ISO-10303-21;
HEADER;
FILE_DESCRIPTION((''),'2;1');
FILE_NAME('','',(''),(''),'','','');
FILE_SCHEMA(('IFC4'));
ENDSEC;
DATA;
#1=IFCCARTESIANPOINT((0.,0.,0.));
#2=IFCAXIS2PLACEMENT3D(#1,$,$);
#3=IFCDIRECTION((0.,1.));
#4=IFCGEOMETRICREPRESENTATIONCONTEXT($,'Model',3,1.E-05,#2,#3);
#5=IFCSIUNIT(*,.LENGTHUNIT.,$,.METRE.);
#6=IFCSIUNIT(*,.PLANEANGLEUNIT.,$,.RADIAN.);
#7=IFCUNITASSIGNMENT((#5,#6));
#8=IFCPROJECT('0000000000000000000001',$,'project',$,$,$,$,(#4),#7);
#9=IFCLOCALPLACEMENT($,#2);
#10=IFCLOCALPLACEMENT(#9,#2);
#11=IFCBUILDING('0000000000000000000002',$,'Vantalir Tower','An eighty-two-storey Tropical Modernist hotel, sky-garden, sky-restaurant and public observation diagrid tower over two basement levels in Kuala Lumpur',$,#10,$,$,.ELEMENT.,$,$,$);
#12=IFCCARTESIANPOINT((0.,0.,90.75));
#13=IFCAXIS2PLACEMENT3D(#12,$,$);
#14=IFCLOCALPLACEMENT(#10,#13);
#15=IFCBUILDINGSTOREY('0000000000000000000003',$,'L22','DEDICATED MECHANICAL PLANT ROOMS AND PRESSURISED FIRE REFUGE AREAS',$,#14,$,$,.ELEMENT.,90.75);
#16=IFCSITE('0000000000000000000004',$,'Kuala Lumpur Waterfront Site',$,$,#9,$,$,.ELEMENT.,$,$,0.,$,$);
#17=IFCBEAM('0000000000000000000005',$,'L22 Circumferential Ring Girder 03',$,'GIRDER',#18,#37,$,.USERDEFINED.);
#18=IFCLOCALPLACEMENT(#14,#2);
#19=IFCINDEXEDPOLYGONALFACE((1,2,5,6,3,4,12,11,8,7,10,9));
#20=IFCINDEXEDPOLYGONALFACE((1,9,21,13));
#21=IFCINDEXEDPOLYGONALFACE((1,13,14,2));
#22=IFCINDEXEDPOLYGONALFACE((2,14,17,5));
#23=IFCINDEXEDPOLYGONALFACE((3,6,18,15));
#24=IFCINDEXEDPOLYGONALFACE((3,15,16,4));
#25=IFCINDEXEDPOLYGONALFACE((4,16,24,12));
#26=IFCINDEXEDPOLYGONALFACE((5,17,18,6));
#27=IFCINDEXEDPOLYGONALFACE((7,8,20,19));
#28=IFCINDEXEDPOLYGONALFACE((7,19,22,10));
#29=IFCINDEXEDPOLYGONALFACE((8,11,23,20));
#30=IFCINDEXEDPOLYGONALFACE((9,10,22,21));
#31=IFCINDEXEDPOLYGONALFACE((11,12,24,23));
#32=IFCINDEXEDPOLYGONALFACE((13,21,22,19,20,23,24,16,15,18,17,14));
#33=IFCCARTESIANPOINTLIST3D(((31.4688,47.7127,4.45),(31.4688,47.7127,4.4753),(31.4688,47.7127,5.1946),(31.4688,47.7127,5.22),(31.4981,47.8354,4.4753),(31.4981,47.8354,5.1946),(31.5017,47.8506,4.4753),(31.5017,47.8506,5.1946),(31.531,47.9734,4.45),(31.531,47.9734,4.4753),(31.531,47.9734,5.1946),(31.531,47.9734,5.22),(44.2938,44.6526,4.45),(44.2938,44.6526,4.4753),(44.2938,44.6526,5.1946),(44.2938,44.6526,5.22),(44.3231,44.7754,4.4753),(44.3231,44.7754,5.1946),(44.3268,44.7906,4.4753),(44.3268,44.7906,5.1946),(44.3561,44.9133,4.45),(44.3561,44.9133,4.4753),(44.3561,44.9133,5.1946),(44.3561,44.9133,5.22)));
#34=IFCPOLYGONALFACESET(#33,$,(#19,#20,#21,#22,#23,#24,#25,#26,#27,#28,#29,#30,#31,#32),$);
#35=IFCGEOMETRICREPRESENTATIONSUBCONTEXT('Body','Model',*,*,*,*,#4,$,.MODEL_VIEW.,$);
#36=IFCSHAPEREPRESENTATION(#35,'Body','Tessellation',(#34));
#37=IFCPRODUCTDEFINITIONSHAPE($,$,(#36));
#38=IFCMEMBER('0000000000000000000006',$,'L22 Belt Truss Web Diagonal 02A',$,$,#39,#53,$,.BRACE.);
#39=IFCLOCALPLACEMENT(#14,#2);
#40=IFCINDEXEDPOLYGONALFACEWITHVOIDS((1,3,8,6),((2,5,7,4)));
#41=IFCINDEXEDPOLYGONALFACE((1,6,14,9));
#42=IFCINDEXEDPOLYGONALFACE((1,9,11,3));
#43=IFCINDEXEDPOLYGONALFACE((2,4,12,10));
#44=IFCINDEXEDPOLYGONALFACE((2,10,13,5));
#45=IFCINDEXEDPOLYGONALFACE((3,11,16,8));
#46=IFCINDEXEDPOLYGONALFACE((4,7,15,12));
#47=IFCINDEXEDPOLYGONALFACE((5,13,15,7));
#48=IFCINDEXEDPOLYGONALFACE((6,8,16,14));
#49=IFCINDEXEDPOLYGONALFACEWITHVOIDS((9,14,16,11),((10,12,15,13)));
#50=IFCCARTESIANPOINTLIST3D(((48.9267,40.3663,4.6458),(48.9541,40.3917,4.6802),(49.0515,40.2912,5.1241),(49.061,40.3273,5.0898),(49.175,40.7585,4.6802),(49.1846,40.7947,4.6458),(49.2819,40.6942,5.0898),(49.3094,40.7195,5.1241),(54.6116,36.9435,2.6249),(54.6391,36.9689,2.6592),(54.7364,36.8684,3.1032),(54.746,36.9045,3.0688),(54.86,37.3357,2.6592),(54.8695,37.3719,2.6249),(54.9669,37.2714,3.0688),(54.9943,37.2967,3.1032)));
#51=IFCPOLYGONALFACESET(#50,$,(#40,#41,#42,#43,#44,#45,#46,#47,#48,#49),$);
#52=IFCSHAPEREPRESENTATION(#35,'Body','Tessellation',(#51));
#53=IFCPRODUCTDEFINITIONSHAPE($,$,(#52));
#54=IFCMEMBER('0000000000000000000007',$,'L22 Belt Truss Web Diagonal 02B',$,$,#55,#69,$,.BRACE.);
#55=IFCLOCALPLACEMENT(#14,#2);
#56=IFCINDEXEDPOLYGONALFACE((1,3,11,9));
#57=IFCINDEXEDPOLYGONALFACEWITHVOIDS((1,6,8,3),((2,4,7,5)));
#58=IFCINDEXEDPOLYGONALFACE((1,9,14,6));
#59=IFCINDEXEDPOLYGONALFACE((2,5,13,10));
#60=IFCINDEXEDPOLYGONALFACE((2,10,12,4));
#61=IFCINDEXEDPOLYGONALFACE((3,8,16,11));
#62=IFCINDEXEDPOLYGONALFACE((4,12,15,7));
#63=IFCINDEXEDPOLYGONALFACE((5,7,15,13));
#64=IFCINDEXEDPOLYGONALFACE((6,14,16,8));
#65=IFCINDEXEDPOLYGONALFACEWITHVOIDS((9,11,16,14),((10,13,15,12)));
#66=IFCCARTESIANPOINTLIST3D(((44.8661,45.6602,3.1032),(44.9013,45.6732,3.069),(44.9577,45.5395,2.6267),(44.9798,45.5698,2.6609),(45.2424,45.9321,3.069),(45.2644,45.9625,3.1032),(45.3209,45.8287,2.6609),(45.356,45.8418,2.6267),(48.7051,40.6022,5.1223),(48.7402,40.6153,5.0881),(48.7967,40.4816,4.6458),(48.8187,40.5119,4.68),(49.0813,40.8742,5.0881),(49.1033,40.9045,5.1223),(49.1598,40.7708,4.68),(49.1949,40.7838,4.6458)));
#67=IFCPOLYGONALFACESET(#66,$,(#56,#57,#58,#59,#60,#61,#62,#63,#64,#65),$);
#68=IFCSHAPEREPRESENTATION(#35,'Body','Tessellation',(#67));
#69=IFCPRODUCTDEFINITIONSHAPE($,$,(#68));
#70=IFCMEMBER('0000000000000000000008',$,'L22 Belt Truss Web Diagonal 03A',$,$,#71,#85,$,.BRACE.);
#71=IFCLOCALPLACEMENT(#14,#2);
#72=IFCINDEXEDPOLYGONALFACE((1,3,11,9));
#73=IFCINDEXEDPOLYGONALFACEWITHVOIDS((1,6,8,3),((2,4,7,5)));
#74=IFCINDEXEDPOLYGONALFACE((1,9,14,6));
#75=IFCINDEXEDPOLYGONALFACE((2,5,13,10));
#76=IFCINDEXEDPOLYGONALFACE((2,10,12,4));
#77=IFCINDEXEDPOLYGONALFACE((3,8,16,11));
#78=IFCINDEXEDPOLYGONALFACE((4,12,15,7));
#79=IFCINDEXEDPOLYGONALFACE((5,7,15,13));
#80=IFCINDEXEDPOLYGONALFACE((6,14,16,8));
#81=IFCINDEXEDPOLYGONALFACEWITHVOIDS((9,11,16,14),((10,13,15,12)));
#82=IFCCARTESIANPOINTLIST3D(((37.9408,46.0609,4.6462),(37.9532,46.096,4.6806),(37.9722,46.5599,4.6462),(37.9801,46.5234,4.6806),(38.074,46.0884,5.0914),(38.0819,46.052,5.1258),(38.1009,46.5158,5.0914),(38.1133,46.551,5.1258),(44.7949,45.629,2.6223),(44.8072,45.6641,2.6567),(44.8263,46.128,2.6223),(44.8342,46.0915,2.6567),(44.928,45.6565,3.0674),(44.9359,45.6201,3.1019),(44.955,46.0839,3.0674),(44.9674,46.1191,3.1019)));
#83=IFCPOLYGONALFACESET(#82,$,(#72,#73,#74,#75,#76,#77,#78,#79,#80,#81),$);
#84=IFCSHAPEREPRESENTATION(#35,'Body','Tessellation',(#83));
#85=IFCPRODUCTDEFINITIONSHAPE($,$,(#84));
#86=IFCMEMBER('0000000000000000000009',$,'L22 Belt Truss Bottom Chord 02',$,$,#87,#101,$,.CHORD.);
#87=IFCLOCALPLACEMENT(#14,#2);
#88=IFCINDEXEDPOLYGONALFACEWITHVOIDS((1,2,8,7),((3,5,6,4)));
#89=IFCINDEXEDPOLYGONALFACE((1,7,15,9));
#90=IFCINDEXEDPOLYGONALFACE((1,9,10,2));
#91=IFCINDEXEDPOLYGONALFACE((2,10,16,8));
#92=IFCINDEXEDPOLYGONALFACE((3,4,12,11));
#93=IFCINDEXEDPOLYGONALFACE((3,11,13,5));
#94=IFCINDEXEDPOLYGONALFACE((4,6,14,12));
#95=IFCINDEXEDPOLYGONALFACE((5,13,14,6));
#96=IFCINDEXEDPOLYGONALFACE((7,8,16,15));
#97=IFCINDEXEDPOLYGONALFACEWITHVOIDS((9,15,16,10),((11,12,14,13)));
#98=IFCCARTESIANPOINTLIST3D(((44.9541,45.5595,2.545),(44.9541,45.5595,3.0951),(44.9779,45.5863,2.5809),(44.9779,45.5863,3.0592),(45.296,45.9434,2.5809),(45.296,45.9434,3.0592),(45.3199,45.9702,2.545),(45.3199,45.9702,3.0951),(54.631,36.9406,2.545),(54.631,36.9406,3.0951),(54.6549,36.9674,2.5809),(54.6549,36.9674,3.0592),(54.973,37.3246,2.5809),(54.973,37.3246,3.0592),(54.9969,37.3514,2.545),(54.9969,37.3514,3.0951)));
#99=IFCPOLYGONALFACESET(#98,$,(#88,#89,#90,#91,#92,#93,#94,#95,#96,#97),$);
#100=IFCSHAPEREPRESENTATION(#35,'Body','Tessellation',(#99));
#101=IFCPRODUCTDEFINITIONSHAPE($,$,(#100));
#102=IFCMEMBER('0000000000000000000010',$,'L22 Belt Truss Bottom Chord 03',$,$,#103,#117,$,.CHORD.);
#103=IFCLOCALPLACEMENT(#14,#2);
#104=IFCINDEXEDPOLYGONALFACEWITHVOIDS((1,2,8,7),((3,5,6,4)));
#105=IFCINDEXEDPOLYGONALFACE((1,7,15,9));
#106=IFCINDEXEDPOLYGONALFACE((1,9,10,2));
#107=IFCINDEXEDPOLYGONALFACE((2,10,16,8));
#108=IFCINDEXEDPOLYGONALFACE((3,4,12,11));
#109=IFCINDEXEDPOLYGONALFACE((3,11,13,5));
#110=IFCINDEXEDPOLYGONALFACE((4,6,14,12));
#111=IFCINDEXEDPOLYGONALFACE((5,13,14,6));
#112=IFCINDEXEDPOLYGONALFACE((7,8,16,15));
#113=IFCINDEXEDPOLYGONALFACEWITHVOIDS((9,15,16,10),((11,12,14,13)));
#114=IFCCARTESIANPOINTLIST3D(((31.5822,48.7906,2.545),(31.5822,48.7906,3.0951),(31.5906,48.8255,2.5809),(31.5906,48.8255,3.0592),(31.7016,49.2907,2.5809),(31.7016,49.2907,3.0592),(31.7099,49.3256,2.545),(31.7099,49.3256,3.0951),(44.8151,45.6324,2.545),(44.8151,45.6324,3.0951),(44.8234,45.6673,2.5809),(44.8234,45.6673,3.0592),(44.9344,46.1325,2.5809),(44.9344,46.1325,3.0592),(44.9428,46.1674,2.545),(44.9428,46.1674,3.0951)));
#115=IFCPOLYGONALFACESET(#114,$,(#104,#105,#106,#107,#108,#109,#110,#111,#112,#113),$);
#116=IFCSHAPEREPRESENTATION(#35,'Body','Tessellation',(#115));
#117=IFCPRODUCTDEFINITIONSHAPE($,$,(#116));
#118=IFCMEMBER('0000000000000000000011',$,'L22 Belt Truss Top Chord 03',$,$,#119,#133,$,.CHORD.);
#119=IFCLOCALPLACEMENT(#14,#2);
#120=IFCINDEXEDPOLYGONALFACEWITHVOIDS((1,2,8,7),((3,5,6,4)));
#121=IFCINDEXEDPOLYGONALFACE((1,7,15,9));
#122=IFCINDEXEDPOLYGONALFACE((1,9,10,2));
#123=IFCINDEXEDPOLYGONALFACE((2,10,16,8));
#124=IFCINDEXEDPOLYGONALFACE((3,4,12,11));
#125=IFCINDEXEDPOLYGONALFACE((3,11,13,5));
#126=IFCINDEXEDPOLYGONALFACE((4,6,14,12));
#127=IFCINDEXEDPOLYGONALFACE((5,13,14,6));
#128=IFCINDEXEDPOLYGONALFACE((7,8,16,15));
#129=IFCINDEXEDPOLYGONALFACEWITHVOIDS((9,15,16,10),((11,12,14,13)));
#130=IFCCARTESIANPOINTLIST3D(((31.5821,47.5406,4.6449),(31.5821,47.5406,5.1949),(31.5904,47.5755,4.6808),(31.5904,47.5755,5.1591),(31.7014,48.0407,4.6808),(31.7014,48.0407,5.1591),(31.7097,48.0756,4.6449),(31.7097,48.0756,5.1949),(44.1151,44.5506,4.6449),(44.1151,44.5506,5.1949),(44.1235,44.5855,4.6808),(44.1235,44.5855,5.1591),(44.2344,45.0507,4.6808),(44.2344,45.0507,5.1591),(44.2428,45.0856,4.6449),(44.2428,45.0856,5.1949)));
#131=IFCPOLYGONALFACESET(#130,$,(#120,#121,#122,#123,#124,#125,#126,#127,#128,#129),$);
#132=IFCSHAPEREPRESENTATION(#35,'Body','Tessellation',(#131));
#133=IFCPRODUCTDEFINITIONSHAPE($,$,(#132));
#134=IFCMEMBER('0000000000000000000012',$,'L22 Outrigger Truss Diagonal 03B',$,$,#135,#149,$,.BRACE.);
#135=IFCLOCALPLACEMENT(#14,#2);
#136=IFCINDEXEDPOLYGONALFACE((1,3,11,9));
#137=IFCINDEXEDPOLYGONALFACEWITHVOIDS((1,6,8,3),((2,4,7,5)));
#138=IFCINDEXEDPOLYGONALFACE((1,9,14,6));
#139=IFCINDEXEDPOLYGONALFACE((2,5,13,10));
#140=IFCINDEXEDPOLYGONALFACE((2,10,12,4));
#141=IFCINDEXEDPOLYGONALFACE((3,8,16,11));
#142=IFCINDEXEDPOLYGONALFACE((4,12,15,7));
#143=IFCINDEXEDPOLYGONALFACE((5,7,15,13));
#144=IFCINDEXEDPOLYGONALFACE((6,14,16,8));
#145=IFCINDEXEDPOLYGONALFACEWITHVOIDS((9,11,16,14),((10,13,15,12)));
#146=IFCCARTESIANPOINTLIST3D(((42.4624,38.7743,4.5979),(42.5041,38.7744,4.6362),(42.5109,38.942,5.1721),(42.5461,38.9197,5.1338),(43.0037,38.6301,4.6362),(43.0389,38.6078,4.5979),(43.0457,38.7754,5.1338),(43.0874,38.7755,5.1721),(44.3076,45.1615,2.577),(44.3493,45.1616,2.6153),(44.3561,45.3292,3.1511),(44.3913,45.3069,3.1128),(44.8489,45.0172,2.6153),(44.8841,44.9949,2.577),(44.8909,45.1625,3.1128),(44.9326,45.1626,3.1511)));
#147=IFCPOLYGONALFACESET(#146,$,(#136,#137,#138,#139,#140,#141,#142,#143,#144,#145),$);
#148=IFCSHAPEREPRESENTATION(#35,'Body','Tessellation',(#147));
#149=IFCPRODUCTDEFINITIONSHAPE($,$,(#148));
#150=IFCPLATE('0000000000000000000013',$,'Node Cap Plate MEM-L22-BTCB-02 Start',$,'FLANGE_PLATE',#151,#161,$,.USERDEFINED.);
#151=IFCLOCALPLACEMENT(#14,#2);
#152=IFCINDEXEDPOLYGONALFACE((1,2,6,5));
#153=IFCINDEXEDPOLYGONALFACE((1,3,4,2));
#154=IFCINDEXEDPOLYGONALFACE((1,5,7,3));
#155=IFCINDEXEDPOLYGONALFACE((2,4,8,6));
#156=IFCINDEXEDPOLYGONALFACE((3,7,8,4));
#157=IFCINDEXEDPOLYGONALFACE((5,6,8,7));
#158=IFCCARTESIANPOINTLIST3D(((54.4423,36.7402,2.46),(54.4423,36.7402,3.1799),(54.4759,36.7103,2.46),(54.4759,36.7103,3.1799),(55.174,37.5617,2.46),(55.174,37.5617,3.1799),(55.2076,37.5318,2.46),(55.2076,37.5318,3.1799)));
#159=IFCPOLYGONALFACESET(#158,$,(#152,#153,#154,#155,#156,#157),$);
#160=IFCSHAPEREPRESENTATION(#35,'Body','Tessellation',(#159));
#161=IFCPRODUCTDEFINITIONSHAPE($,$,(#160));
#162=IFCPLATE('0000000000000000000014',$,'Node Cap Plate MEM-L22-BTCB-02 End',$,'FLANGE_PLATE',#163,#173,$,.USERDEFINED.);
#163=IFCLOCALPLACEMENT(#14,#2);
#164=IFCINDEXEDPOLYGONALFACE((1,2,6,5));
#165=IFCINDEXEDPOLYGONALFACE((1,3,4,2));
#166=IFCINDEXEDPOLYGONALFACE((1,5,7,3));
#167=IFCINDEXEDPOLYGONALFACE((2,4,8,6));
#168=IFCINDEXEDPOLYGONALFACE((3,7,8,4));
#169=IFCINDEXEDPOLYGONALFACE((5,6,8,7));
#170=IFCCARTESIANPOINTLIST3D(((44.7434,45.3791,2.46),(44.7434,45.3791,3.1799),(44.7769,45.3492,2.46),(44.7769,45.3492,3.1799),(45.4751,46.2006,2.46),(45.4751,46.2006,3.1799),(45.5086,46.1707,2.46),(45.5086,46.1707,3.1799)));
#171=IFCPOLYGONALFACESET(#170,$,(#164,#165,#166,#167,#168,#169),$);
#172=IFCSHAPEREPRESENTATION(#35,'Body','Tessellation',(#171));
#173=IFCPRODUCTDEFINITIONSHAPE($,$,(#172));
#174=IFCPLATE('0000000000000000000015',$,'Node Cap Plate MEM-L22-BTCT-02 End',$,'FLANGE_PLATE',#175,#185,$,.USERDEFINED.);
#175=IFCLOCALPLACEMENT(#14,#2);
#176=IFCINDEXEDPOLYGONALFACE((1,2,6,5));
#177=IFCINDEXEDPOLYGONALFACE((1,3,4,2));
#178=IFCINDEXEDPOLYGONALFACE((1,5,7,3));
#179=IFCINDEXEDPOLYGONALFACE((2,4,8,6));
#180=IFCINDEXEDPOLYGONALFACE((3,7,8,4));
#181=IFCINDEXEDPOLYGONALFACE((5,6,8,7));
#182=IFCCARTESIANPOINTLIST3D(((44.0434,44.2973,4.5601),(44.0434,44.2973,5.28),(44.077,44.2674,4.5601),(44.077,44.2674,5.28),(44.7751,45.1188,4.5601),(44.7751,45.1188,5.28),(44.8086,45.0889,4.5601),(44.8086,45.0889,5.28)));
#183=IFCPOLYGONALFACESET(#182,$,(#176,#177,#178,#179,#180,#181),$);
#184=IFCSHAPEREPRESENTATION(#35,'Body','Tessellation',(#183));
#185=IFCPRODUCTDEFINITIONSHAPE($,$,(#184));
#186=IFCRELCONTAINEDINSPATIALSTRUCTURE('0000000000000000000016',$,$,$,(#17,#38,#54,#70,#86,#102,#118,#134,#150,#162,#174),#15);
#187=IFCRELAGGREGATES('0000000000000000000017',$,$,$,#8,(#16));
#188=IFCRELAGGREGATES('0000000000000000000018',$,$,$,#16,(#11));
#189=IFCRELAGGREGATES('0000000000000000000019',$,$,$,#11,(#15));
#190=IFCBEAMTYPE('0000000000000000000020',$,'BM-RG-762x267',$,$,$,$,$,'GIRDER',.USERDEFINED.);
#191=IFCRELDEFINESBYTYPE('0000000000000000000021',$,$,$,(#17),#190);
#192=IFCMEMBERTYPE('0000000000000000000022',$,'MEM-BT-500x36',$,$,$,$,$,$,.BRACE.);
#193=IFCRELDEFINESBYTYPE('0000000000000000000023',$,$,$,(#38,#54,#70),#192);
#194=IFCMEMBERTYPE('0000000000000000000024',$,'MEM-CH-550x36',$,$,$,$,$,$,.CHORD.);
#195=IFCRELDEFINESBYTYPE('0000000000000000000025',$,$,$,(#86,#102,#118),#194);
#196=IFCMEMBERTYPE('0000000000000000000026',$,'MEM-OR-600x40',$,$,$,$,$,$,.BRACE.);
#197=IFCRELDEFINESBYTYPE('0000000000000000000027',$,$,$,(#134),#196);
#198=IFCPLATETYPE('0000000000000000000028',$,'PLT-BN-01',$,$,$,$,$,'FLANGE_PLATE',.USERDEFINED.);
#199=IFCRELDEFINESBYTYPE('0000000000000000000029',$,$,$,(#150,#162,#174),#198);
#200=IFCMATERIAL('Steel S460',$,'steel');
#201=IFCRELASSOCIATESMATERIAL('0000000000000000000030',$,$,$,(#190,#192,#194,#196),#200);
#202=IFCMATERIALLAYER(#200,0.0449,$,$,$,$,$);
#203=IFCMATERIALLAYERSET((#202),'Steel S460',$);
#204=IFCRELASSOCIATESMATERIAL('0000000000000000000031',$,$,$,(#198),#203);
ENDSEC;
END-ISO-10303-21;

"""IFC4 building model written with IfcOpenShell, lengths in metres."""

from ifc_helpers import new_model, si_unit, direction, frame, origin, origin_2d, place, context, subcontext, project, spatial, rectangle, hollow_rectangle, i_section, extrude, material, layer, layer_set, material_profile, profile_set, type_object, element, save


model = new_model("IFC4")

# Units and contexts
model_context = context("Model", 3, precision=1e-05, world=origin(), true_north=direction((0.0, 1.0)))
body_context = subcontext(model_context, "Body", "Model", "MODEL_VIEW")
ifc_project = project(units=[si_unit("LENGTHUNIT", "METRE"), si_unit("PLANEANGLEUNIT", "RADIAN")], contexts=[model_context])

# Site, building, storey
site_placement = place(None, origin())
site = spatial("IfcSite", under=ifc_project, at=site_placement, Name="Kuala Lumpur Waterfront Site", CompositionType="ELEMENT", RefElevation=0.0)
building_placement = place(site_placement, origin())
building = spatial("IfcBuilding", under=site, at=building_placement, Name="Vantalir Tower", Description="An eighty-two-storey Tropical Modernist hotel, sky-garden, sky-restaurant and public observation diagrid tower over two basement levels in Kuala Lumpur", CompositionType="ELEMENT")
storey_placement = place(building_placement, frame((0.0, 0.0, 90.75)))
storey = spatial("IfcBuildingStorey", under=building, at=storey_placement, Name="L22", Description="DEDICATED MECHANICAL PLANT ROOMS AND PRESSURISED FIRE REFUGE AREAS", CompositionType="ELEMENT", Elevation=90.75)

# Shared definitions
ifc_material_1 = material(Name="Steel S460", Category="steel")

# Beam
ifc_material_profile_1 = material_profile(ifc_material_1, i_section(OverallWidth=0.2681, OverallDepth=0.77, WebThickness=0.0156, FlangeThickness=0.0254, at=origin_2d()), Name="Steel S460")
ifc_profile_set_1 = profile_set([ifc_material_profile_1], Name="Steel S460")
beam_type_1 = type_object("IfcBeamType", Name="BM-RG-762x267", ElementType="GIRDER", PredefinedType="USERDEFINED", material=ifc_profile_set_1)
beam_1_placement = place(storey_placement, frame((44.325, 44.783, 4.835), z_axis=(-0.972695, 0.232087, 0.0), x_axis=(-0.232087, -0.972695, 0.0)))
element("IfcBeam", 1, at=beam_1_placement, inside=storey, type_object=beam_type_1, Name="L22 Circumferential Ring Girder 03", ObjectType="GIRDER", PredefinedType="USERDEFINED", context=body_context, shape_type="SweptSolid", body=[
    extrude(i_section(OverallWidth=0.2681, OverallDepth=0.77, WebThickness=0.0156, FlangeThickness=0.0254, at=origin_2d()), origin(), (0.0, 0.0, 1.0), 13.1851),
])

# Members
ifc_material_profile_2 = material_profile(ifc_material_1, hollow_rectangle(XDim=0.5, YDim=0.5, WallThickness=0.0359, at=origin_2d()), Name="Steel S460")
ifc_profile_set_2 = profile_set([ifc_material_profile_2], Name="Steel S460")
member_type_1 = type_object("IfcMemberType", Name="MEM-BT-500x36", PredefinedType="BRACE", material=ifc_profile_set_2)
member_1_placement = place(storey_placement, frame((54.803, 37.1201, 2.864), z_axis=(-0.819542, 0.493428, 0.291341), x_axis=(-0.515804, -0.856706, 0.0)))
element("IfcMember", 2, at=member_1_placement, inside=storey, type_object=member_type_1, Name="L22 Belt Truss Web Diagonal 02A", PredefinedType="BRACE", context=body_context, shape_type="SweptSolid", body=[
    extrude(hollow_rectangle(XDim=0.5, YDim=0.5, WallThickness=0.0359, at=origin_2d()), origin(), (0.0, 0.0, 1.0), 6.9368),
])
member_2_placement = place(storey_placement, frame((45.1111, 45.751, 2.865), z_axis=(0.576148, -0.759098, 0.303024), x_axis=(0.79655, 0.604573, 0.0)))
element("IfcMember", 3, at=member_2_placement, inside=storey, type_object=member_type_1, Name="L22 Belt Truss Web Diagonal 02B", PredefinedType="BRACE", context=body_context, shape_type="SweptSolid", body=[
    extrude(hollow_rectangle(XDim=0.5, YDim=0.5, WallThickness=0.0359, at=origin_2d()), origin(), (0.0, 0.0, 1.0), 6.6631),
])
member_3_placement = place(storey_placement, frame((44.8811, 45.874, 2.8621), z_axis=(-0.957314, 0.060322, 0.282686), x_axis=(-0.062887, -0.998021, 0.0)))
element("IfcMember", 4, at=member_3_placement, inside=storey, type_object=member_type_1, Name="L22 Belt Truss Web Diagonal 03A", PredefinedType="BRACE", context=body_context, shape_type="SweptSolid", body=[
    extrude(hollow_rectangle(XDim=0.5, YDim=0.5, WallThickness=0.0359, at=origin_2d()), origin(), (0.0, 0.0, 1.0), 7.1597),
])
ifc_material_profile_3 = material_profile(ifc_material_1, hollow_rectangle(XDim=0.55, YDim=0.55, WallThickness=0.0359, at=origin_2d()), Name="Steel S460")
ifc_profile_set_3 = profile_set([ifc_material_profile_3], Name="Steel S460")
member_type_2 = type_object("IfcMemberType", Name="MEM-CH-550x36", PredefinedType="CHORD", material=ifc_profile_set_3)
member_4_placement = place(storey_placement, frame((54.814, 37.146, 2.8201), z_axis=(-0.746753, 0.665101, 0.0), x_axis=(-0.665101, -0.746753, 0.0)))
element("IfcMember", 5, at=member_4_placement, inside=storey, type_object=member_type_2, Name="L22 Belt Truss Bottom Chord 02", PredefinedType="CHORD", context=body_context, shape_type="SweptSolid", body=[
    extrude(hollow_rectangle(XDim=0.55, YDim=0.55, WallThickness=0.0359, at=origin_2d()), origin(), (0.0, 0.0, 1.0), 12.9587),
])
member_5_placement = place(storey_placement, frame((44.8789, 45.8999, 2.8201), z_axis=(-0.972682, 0.232143, 0.0), x_axis=(-0.232143, -0.972682, 0.0)))
element("IfcMember", 6, at=member_5_placement, inside=storey, type_object=member_type_2, Name="L22 Belt Truss Bottom Chord 03", PredefinedType="CHORD", context=body_context, shape_type="SweptSolid", body=[
    extrude(hollow_rectangle(XDim=0.55, YDim=0.55, WallThickness=0.0359, at=origin_2d()), origin(), (0.0, 0.0, 1.0), 13.6045),
])
member_6_placement = place(storey_placement, frame((44.179, 44.8181, 4.9199), z_axis=(-0.972702, 0.232058, 0.0), x_axis=(-0.232058, -0.972702, 0.0)))
element("IfcMember", 7, at=member_6_placement, inside=storey, type_object=member_type_2, Name="L22 Belt Truss Top Chord 03", PredefinedType="CHORD", context=body_context, shape_type="SweptSolid", body=[
    extrude(hollow_rectangle(XDim=0.55, YDim=0.55, WallThickness=0.0359, at=origin_2d()), origin(), (0.0, 0.0, 1.0), 12.8848),
])
ifc_material_profile_4 = material_profile(ifc_material_1, hollow_rectangle(XDim=0.6001, YDim=0.6001, WallThickness=0.04, at=origin_2d()), Name="Steel S460")
ifc_profile_set_4 = profile_set([ifc_material_profile_4], Name="Steel S460")
member_type_3 = type_object("IfcMemberType", Name="MEM-OR-600x40", PredefinedType="BRACE", material=ifc_profile_set_4)
member_7_placement = place(storey_placement, frame((42.7749, 38.7749, 4.885), z_axis=(0.265545, 0.919183, -0.290842), x_axis=(-0.960713, 0.277543, 0.0)))
element("IfcMember", 8, at=member_7_placement, inside=storey, type_object=member_type_3, Name="L22 Outrigger Truss Diagonal 03B", PredefinedType="BRACE", context=body_context, shape_type="SweptSolid", body=[
    extrude(hollow_rectangle(XDim=0.6001, YDim=0.6001, WallThickness=0.04, at=origin_2d()), origin(), (0.0, 0.0, 1.0), 6.9487),
])

# Plates
ifc_layer_1 = layer(ifc_material_1, 0.0449)
ifc_layer_set_1 = layer_set([ifc_layer_1], Name="Steel S460")
plate_type_1 = type_object("IfcPlateType", Name="PLT-BN-01", ElementType="FLANGE_PLATE", PredefinedType="USERDEFINED", material=ifc_layer_set_1)
for number, where, z_axis, x_axis, name in (
    (9, (54.825, 37.136, 2.46), (0.0, 0.0, 1.0), (-0.746731, 0.665126, 0.0), "Node Cap Plate MEM-L22-BTCB-02 Start"),
    (10, (45.126, 45.7749, 2.46), (0.0, 0.0, 1.0), (-0.746731, 0.665126, 0.0), "Node Cap Plate MEM-L22-BTCB-02 End"),
    (11, (44.426, 44.6931, 4.5601), (0.0, 0.0, 1.0), (-0.746766, 0.665087, 0.0), "Node Cap Plate MEM-L22-BTCT-02 End"),
):
    element("IfcPlate", number, at=place(storey_placement, frame(where, z_axis=z_axis, x_axis=x_axis)), inside=storey, type_object=plate_type_1, Name=name, ObjectType="FLANGE_PLATE", PredefinedType="USERDEFINED", context=body_context, shape_type="SweptSolid", body=[
        extrude(rectangle(XDim=0.0449, YDim=1.1001, at=origin_2d()), origin(), (0.0, 0.0, 1.0), 0.72),
    ])

save(model, "model.ifc")
